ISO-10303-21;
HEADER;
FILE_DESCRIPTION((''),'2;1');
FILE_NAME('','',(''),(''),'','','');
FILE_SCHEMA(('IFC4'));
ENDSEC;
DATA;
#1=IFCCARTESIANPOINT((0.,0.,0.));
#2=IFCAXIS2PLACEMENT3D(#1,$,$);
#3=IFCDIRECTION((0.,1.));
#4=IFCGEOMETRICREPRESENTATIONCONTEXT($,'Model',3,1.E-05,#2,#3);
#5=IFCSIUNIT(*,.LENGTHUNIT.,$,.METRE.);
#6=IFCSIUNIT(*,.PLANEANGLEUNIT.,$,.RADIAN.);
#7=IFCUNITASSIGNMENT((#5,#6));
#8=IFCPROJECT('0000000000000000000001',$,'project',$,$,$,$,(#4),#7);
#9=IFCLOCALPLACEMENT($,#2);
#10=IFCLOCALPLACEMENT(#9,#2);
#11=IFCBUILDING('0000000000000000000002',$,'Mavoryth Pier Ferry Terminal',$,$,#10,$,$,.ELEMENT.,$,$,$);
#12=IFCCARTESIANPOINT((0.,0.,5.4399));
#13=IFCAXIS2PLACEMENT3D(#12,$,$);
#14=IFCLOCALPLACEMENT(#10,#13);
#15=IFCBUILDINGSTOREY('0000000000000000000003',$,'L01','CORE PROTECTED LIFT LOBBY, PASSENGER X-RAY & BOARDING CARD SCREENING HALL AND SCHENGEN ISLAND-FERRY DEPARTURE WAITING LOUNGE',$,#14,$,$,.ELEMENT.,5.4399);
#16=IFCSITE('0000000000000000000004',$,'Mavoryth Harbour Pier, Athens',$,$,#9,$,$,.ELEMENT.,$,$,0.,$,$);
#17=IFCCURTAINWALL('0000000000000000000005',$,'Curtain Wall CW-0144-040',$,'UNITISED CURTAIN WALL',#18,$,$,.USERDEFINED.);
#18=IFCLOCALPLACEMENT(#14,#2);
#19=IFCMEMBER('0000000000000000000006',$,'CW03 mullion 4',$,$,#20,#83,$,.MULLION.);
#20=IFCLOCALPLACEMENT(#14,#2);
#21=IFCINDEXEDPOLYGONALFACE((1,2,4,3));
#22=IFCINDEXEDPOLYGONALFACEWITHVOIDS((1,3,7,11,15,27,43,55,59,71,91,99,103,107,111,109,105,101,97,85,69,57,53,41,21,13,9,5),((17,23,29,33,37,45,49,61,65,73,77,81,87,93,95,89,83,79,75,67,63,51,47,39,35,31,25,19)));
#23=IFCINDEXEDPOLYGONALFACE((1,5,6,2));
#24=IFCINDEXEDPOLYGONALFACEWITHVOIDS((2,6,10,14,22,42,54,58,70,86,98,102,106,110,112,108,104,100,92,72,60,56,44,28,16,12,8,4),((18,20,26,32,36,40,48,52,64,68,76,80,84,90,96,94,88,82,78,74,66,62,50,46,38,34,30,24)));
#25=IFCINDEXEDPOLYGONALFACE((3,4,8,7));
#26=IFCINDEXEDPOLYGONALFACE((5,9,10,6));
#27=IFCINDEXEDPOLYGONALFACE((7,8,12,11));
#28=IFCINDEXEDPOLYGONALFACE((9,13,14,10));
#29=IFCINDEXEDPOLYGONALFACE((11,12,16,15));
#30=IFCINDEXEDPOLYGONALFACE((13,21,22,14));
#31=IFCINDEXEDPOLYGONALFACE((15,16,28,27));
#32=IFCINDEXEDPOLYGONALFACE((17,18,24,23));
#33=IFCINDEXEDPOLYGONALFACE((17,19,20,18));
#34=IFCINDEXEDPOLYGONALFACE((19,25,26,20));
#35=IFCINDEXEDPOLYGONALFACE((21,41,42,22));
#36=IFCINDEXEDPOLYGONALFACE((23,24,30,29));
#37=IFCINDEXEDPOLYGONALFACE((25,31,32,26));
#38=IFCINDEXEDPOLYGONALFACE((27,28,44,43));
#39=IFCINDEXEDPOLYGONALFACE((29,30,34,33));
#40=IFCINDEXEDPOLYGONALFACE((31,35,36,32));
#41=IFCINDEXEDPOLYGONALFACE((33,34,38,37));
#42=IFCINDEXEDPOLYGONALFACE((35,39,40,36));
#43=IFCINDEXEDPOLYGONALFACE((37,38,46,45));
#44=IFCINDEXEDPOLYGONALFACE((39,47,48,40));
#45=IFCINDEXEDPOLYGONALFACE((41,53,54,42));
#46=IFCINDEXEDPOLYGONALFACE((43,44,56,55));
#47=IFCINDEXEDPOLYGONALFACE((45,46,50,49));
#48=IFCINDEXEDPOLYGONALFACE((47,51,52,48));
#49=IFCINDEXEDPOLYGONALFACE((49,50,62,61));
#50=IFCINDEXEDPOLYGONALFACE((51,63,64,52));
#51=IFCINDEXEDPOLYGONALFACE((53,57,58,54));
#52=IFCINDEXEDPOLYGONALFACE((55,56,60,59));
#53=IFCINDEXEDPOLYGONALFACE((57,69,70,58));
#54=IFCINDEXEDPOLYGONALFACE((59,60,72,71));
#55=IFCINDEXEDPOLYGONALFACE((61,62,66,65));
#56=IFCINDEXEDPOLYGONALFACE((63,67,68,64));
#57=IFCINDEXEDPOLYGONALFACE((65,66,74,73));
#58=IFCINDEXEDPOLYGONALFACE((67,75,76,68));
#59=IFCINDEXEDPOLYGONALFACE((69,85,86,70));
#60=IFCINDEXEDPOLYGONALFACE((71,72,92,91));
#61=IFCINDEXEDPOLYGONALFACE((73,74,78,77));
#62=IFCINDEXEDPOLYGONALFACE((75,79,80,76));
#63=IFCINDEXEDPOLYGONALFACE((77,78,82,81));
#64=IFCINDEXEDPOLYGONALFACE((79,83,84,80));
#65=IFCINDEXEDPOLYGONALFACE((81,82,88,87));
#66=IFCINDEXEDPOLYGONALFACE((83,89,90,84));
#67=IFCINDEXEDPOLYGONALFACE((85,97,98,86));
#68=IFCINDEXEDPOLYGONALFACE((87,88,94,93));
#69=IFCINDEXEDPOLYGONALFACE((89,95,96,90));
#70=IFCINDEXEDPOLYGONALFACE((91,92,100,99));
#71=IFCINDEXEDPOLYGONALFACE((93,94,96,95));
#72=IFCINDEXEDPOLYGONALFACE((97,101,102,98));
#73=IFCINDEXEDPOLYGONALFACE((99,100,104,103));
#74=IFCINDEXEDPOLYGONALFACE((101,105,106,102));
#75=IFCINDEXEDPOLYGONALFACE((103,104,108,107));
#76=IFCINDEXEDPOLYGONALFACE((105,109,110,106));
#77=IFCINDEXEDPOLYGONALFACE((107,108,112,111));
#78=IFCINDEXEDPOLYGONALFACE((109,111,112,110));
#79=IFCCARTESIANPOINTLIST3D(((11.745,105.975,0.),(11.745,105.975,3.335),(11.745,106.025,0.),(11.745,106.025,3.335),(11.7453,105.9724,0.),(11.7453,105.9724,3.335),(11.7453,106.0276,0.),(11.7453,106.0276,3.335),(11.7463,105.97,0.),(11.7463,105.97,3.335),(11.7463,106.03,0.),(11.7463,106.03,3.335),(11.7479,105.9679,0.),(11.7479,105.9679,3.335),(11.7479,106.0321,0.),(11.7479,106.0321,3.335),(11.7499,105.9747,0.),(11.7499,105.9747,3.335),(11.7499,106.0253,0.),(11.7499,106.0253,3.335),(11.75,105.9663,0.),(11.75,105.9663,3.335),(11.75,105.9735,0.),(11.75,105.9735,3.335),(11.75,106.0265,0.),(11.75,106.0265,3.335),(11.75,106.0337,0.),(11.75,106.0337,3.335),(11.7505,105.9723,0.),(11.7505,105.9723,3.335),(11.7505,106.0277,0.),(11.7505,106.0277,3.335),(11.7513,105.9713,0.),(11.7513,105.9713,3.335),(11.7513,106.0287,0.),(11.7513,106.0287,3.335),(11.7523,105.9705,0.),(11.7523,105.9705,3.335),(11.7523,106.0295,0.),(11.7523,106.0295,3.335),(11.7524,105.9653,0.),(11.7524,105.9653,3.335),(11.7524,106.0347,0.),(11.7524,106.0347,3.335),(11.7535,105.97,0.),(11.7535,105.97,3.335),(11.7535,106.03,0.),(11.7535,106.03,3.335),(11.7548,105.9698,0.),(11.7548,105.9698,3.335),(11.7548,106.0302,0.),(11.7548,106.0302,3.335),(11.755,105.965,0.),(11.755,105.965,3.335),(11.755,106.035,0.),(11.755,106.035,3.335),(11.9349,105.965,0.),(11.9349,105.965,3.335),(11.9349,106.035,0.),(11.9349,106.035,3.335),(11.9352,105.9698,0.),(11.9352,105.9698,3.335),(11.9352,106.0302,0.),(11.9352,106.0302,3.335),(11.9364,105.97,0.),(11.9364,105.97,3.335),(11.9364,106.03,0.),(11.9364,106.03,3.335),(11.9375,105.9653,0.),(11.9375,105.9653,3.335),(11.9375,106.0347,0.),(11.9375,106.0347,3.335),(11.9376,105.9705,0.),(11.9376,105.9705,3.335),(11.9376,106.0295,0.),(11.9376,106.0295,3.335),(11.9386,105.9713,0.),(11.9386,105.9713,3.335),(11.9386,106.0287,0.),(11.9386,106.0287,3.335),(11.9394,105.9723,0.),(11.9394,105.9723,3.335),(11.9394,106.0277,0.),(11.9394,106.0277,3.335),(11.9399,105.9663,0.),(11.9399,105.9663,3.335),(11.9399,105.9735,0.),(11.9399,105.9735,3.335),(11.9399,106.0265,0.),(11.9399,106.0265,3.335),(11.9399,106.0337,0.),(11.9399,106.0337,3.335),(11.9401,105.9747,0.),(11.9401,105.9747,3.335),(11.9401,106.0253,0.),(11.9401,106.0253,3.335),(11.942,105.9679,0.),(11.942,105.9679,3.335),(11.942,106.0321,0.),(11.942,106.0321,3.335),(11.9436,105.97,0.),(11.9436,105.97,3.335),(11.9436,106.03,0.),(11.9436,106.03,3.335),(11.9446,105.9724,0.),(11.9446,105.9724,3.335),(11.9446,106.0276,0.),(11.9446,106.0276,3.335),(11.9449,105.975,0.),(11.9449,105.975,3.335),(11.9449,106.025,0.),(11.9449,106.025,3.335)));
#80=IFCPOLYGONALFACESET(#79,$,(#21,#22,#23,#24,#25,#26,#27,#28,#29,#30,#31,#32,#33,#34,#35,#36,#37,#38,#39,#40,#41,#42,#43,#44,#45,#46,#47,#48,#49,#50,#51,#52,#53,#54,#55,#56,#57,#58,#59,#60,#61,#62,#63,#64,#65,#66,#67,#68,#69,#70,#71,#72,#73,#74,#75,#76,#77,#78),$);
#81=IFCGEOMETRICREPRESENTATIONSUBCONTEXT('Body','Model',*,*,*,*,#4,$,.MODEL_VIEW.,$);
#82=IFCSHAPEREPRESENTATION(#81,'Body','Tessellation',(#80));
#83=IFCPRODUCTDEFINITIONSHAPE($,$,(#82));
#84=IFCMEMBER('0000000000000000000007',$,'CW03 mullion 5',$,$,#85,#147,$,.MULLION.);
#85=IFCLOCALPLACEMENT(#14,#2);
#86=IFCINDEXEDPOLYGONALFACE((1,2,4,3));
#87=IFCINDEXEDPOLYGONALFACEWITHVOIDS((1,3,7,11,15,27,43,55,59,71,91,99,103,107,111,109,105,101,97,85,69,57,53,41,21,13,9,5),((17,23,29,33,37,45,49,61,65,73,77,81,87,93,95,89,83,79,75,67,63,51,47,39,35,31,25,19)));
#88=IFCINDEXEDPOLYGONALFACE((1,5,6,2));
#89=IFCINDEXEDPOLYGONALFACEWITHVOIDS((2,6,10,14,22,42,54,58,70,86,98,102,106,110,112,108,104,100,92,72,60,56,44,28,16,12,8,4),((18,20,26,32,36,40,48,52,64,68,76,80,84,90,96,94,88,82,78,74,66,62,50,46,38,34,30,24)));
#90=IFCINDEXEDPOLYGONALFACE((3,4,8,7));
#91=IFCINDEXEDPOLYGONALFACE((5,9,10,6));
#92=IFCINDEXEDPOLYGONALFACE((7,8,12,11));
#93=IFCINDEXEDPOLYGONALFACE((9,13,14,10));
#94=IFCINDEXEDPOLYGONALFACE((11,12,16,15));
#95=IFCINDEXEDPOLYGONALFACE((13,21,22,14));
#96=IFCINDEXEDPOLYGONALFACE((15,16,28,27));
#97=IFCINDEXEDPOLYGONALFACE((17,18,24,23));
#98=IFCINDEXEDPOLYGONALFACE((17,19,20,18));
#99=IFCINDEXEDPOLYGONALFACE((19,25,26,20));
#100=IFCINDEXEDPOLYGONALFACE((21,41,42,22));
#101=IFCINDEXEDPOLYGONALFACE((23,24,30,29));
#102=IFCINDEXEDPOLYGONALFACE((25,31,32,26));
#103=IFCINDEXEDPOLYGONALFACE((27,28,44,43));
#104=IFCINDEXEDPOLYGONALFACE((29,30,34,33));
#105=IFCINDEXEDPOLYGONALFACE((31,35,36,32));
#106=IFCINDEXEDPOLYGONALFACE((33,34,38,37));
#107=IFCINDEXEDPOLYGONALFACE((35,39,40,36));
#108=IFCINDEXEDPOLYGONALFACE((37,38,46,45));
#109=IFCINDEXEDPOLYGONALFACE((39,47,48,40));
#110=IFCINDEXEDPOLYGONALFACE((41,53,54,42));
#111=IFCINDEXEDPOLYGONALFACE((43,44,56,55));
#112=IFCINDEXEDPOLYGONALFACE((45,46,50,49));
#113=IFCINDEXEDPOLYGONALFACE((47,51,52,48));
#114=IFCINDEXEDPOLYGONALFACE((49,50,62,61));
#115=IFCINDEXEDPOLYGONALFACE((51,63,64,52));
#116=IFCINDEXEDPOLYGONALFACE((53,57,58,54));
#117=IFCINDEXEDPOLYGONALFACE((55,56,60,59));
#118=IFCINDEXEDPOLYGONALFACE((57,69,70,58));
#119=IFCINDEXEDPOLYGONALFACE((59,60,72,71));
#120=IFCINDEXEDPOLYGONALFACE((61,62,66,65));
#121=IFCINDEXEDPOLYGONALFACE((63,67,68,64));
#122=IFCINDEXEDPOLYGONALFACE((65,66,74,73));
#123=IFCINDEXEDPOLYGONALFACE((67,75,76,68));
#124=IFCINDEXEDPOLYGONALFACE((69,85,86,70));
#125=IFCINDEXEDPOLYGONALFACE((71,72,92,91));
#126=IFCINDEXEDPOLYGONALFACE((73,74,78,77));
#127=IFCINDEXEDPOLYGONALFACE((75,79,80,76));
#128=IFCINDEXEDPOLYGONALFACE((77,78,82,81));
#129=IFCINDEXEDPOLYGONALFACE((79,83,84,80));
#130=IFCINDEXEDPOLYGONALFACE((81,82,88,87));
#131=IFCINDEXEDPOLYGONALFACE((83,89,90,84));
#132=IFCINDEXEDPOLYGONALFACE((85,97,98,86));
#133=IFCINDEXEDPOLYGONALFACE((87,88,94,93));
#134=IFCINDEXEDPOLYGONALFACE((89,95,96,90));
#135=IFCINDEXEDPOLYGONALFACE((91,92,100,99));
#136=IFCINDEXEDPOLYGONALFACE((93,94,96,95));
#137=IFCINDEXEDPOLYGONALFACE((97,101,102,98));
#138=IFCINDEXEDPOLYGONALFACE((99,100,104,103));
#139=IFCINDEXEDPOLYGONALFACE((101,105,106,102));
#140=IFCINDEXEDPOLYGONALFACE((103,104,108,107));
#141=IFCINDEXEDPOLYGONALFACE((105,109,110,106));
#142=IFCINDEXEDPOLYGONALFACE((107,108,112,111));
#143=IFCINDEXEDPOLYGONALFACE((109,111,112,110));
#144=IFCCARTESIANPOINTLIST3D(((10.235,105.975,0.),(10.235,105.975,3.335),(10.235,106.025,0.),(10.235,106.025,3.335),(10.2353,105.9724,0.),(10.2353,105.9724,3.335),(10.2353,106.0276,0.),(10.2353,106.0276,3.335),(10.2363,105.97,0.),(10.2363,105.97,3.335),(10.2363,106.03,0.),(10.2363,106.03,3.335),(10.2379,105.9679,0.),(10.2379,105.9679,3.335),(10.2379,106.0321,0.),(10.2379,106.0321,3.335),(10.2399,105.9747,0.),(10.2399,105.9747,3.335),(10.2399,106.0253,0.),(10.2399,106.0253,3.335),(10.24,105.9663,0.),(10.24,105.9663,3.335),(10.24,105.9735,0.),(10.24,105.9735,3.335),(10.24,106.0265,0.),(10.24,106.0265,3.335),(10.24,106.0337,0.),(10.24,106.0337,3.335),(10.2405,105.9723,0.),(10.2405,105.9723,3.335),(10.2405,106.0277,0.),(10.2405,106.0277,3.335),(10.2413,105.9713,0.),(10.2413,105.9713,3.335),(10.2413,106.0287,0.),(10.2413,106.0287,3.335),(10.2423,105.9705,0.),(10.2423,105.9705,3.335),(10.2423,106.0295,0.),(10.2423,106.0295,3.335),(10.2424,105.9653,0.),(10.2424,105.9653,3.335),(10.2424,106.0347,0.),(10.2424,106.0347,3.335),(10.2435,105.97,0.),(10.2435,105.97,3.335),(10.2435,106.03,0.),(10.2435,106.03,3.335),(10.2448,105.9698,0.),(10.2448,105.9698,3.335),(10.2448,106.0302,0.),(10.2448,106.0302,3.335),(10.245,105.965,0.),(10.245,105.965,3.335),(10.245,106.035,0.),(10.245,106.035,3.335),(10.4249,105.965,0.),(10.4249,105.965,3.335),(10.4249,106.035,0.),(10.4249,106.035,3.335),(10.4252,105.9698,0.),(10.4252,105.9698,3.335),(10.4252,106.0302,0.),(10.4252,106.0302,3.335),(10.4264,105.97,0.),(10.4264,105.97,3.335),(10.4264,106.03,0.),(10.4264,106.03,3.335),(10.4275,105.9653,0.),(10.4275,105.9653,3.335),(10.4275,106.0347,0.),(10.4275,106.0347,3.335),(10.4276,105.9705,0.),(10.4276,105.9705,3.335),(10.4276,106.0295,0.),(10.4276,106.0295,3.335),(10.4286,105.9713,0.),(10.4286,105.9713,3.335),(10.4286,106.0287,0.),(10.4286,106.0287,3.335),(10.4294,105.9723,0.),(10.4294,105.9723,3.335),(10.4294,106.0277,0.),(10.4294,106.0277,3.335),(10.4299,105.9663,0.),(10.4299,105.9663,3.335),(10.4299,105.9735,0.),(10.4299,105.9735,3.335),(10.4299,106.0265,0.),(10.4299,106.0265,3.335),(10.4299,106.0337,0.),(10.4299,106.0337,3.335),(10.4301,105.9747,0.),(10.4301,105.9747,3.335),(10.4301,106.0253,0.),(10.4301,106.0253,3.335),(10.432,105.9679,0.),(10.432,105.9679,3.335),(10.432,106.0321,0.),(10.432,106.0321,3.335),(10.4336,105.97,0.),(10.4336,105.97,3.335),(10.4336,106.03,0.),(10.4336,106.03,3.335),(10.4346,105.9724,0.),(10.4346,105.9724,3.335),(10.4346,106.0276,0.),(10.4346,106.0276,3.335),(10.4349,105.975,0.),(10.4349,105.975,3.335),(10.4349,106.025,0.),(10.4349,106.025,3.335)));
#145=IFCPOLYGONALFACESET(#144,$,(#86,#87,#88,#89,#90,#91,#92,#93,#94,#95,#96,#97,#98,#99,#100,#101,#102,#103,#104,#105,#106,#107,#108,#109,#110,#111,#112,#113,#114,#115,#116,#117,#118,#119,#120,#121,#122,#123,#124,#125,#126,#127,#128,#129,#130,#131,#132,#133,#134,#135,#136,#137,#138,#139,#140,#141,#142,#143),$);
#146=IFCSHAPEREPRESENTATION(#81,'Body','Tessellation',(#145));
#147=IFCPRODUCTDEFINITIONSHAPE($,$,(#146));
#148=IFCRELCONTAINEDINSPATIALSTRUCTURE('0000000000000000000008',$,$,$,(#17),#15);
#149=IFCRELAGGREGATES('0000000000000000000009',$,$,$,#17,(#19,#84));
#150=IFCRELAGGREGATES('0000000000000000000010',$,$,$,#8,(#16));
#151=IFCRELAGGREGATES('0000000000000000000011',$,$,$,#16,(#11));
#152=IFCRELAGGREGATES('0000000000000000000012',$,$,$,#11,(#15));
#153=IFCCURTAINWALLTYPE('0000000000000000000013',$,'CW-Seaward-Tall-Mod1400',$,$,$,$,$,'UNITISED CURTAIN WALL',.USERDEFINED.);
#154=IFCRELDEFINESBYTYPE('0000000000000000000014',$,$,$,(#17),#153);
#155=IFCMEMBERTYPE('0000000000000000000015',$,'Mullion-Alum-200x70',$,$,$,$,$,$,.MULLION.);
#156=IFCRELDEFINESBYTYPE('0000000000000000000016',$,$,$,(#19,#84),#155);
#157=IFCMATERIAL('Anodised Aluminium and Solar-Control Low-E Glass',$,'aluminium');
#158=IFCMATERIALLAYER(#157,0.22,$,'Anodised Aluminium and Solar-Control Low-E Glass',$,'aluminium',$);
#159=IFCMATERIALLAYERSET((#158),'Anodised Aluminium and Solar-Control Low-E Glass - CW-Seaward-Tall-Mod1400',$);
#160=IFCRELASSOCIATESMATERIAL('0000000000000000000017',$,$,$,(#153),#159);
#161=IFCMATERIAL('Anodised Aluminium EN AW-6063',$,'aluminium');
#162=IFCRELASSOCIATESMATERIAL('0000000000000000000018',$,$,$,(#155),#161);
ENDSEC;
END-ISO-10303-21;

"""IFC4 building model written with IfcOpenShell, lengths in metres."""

from ifc_helpers import new_model, si_unit, direction, frame, origin, origin_2d, place, context, subcontext, project, spatial, hollow_rectangle, extrude, material, layer, layer_set, material_profile, profile_set, type_object, element, aggregate, save


model = new_model("IFC4")

# Units and contexts
model_context = context("Model", 3, precision=1e-05, world=origin(), true_north=direction((0.0, 1.0)))
body_context = subcontext(model_context, "Body", "Model", "MODEL_VIEW")
ifc_project = project(units=[si_unit("LENGTHUNIT", "METRE"), si_unit("PLANEANGLEUNIT", "RADIAN")], contexts=[model_context])

# Site, building, storey
site_placement = place(None, origin())
site = spatial("IfcSite", under=ifc_project, at=site_placement, Name="Mavoryth Harbour Pier, Athens", CompositionType="ELEMENT", RefElevation=0.0)
building_placement = place(site_placement, origin())
building = spatial("IfcBuilding", under=site, at=building_placement, Name="Mavoryth Pier Ferry Terminal", CompositionType="ELEMENT")
storey_placement = place(building_placement, frame((0.0, 0.0, 5.4399)))
storey = spatial("IfcBuildingStorey", under=building, at=storey_placement, Name="L01", Description="CORE PROTECTED LIFT LOBBY, PASSENGER X-RAY & BOARDING CARD SCREENING HALL AND SCHENGEN ISLAND-FERRY DEPARTURE WAITING LOUNGE", CompositionType="ELEMENT", Elevation=5.4399)

# Curtain wall, members
ifc_material_1 = material(Name="Anodised Aluminium and Solar-Control Low-E Glass", Category="aluminium")
ifc_layer_1 = layer(ifc_material_1, 0.22, Name="Anodised Aluminium and Solar-Control Low-E Glass", Category="aluminium")
ifc_layer_set_1 = layer_set([ifc_layer_1], Name="Anodised Aluminium and Solar-Control Low-E Glass - CW-Seaward-Tall-Mod1400")
curtain_wall_type = type_object("IfcCurtainWallType", Name="CW-Seaward-Tall-Mod1400", ElementType="UNITISED CURTAIN WALL", PredefinedType="USERDEFINED", material=ifc_layer_set_1)
curtain_wall_placement = place(storey_placement, origin())
curtain_wall = element("IfcCurtainWall", 1, at=curtain_wall_placement, inside=storey, type_object=curtain_wall_type, Name="Curtain Wall CW-0144-040", ObjectType="UNITISED CURTAIN WALL", PredefinedType="USERDEFINED")
ifc_material_2 = material(Name="Anodised Aluminium EN AW-6063", Category="aluminium")
ifc_material_profile_1 = material_profile(ifc_material_2, hollow_rectangle(XDim=0.0701, YDim=0.2, WallThickness=0.0049, InnerFilletRadius=0.0049, OuterFilletRadius=0.01, at=origin_2d()), Name="AL-MULL 200x70x5", Category="aluminium")
ifc_profile_set_1 = profile_set([ifc_material_profile_1], Name="Anodised Aluminium EN AW-6063 - AL-MULL 200x70x5")
member_type_1 = type_object("IfcMemberType", Name="Mullion-Alum-200x70", PredefinedType="MULLION", material=ifc_profile_set_1)
member_1_placement = place(storey_placement, frame((11.845, 106.0, 0.0), z_axis=(0.0, 0.0, 1.0), x_axis=(0.0, -1.0, 0.0)))
member_1 = element("IfcMember", 2, at=member_1_placement, type_object=member_type_1, Name="CW03 mullion 4", PredefinedType="MULLION", context=body_context, shape_type="SweptSolid", body=[
    extrude(hollow_rectangle(XDim=0.0701, YDim=0.2, WallThickness=0.0049, InnerFilletRadius=0.0049, OuterFilletRadius=0.01, at=origin_2d()), origin(), (0.0, 0.0, 1.0), 3.335),
])
member_2_placement = place(storey_placement, frame((10.335, 106.0, 0.0), z_axis=(0.0, 0.0, 1.0), x_axis=(0.0, -1.0, 0.0)))
member_2 = element("IfcMember", 3, at=member_2_placement, type_object=member_type_1, Name="CW03 mullion 5", PredefinedType="MULLION", context=body_context, shape_type="SweptSolid", body=[
    extrude(hollow_rectangle(XDim=0.0701, YDim=0.2, WallThickness=0.0049, InnerFilletRadius=0.0049, OuterFilletRadius=0.01, at=origin_2d()), origin(), (0.0, 0.0, 1.0), 3.335),
])
aggregate(curtain_wall, [member_1, member_2])

save(model, "model.ifc")
